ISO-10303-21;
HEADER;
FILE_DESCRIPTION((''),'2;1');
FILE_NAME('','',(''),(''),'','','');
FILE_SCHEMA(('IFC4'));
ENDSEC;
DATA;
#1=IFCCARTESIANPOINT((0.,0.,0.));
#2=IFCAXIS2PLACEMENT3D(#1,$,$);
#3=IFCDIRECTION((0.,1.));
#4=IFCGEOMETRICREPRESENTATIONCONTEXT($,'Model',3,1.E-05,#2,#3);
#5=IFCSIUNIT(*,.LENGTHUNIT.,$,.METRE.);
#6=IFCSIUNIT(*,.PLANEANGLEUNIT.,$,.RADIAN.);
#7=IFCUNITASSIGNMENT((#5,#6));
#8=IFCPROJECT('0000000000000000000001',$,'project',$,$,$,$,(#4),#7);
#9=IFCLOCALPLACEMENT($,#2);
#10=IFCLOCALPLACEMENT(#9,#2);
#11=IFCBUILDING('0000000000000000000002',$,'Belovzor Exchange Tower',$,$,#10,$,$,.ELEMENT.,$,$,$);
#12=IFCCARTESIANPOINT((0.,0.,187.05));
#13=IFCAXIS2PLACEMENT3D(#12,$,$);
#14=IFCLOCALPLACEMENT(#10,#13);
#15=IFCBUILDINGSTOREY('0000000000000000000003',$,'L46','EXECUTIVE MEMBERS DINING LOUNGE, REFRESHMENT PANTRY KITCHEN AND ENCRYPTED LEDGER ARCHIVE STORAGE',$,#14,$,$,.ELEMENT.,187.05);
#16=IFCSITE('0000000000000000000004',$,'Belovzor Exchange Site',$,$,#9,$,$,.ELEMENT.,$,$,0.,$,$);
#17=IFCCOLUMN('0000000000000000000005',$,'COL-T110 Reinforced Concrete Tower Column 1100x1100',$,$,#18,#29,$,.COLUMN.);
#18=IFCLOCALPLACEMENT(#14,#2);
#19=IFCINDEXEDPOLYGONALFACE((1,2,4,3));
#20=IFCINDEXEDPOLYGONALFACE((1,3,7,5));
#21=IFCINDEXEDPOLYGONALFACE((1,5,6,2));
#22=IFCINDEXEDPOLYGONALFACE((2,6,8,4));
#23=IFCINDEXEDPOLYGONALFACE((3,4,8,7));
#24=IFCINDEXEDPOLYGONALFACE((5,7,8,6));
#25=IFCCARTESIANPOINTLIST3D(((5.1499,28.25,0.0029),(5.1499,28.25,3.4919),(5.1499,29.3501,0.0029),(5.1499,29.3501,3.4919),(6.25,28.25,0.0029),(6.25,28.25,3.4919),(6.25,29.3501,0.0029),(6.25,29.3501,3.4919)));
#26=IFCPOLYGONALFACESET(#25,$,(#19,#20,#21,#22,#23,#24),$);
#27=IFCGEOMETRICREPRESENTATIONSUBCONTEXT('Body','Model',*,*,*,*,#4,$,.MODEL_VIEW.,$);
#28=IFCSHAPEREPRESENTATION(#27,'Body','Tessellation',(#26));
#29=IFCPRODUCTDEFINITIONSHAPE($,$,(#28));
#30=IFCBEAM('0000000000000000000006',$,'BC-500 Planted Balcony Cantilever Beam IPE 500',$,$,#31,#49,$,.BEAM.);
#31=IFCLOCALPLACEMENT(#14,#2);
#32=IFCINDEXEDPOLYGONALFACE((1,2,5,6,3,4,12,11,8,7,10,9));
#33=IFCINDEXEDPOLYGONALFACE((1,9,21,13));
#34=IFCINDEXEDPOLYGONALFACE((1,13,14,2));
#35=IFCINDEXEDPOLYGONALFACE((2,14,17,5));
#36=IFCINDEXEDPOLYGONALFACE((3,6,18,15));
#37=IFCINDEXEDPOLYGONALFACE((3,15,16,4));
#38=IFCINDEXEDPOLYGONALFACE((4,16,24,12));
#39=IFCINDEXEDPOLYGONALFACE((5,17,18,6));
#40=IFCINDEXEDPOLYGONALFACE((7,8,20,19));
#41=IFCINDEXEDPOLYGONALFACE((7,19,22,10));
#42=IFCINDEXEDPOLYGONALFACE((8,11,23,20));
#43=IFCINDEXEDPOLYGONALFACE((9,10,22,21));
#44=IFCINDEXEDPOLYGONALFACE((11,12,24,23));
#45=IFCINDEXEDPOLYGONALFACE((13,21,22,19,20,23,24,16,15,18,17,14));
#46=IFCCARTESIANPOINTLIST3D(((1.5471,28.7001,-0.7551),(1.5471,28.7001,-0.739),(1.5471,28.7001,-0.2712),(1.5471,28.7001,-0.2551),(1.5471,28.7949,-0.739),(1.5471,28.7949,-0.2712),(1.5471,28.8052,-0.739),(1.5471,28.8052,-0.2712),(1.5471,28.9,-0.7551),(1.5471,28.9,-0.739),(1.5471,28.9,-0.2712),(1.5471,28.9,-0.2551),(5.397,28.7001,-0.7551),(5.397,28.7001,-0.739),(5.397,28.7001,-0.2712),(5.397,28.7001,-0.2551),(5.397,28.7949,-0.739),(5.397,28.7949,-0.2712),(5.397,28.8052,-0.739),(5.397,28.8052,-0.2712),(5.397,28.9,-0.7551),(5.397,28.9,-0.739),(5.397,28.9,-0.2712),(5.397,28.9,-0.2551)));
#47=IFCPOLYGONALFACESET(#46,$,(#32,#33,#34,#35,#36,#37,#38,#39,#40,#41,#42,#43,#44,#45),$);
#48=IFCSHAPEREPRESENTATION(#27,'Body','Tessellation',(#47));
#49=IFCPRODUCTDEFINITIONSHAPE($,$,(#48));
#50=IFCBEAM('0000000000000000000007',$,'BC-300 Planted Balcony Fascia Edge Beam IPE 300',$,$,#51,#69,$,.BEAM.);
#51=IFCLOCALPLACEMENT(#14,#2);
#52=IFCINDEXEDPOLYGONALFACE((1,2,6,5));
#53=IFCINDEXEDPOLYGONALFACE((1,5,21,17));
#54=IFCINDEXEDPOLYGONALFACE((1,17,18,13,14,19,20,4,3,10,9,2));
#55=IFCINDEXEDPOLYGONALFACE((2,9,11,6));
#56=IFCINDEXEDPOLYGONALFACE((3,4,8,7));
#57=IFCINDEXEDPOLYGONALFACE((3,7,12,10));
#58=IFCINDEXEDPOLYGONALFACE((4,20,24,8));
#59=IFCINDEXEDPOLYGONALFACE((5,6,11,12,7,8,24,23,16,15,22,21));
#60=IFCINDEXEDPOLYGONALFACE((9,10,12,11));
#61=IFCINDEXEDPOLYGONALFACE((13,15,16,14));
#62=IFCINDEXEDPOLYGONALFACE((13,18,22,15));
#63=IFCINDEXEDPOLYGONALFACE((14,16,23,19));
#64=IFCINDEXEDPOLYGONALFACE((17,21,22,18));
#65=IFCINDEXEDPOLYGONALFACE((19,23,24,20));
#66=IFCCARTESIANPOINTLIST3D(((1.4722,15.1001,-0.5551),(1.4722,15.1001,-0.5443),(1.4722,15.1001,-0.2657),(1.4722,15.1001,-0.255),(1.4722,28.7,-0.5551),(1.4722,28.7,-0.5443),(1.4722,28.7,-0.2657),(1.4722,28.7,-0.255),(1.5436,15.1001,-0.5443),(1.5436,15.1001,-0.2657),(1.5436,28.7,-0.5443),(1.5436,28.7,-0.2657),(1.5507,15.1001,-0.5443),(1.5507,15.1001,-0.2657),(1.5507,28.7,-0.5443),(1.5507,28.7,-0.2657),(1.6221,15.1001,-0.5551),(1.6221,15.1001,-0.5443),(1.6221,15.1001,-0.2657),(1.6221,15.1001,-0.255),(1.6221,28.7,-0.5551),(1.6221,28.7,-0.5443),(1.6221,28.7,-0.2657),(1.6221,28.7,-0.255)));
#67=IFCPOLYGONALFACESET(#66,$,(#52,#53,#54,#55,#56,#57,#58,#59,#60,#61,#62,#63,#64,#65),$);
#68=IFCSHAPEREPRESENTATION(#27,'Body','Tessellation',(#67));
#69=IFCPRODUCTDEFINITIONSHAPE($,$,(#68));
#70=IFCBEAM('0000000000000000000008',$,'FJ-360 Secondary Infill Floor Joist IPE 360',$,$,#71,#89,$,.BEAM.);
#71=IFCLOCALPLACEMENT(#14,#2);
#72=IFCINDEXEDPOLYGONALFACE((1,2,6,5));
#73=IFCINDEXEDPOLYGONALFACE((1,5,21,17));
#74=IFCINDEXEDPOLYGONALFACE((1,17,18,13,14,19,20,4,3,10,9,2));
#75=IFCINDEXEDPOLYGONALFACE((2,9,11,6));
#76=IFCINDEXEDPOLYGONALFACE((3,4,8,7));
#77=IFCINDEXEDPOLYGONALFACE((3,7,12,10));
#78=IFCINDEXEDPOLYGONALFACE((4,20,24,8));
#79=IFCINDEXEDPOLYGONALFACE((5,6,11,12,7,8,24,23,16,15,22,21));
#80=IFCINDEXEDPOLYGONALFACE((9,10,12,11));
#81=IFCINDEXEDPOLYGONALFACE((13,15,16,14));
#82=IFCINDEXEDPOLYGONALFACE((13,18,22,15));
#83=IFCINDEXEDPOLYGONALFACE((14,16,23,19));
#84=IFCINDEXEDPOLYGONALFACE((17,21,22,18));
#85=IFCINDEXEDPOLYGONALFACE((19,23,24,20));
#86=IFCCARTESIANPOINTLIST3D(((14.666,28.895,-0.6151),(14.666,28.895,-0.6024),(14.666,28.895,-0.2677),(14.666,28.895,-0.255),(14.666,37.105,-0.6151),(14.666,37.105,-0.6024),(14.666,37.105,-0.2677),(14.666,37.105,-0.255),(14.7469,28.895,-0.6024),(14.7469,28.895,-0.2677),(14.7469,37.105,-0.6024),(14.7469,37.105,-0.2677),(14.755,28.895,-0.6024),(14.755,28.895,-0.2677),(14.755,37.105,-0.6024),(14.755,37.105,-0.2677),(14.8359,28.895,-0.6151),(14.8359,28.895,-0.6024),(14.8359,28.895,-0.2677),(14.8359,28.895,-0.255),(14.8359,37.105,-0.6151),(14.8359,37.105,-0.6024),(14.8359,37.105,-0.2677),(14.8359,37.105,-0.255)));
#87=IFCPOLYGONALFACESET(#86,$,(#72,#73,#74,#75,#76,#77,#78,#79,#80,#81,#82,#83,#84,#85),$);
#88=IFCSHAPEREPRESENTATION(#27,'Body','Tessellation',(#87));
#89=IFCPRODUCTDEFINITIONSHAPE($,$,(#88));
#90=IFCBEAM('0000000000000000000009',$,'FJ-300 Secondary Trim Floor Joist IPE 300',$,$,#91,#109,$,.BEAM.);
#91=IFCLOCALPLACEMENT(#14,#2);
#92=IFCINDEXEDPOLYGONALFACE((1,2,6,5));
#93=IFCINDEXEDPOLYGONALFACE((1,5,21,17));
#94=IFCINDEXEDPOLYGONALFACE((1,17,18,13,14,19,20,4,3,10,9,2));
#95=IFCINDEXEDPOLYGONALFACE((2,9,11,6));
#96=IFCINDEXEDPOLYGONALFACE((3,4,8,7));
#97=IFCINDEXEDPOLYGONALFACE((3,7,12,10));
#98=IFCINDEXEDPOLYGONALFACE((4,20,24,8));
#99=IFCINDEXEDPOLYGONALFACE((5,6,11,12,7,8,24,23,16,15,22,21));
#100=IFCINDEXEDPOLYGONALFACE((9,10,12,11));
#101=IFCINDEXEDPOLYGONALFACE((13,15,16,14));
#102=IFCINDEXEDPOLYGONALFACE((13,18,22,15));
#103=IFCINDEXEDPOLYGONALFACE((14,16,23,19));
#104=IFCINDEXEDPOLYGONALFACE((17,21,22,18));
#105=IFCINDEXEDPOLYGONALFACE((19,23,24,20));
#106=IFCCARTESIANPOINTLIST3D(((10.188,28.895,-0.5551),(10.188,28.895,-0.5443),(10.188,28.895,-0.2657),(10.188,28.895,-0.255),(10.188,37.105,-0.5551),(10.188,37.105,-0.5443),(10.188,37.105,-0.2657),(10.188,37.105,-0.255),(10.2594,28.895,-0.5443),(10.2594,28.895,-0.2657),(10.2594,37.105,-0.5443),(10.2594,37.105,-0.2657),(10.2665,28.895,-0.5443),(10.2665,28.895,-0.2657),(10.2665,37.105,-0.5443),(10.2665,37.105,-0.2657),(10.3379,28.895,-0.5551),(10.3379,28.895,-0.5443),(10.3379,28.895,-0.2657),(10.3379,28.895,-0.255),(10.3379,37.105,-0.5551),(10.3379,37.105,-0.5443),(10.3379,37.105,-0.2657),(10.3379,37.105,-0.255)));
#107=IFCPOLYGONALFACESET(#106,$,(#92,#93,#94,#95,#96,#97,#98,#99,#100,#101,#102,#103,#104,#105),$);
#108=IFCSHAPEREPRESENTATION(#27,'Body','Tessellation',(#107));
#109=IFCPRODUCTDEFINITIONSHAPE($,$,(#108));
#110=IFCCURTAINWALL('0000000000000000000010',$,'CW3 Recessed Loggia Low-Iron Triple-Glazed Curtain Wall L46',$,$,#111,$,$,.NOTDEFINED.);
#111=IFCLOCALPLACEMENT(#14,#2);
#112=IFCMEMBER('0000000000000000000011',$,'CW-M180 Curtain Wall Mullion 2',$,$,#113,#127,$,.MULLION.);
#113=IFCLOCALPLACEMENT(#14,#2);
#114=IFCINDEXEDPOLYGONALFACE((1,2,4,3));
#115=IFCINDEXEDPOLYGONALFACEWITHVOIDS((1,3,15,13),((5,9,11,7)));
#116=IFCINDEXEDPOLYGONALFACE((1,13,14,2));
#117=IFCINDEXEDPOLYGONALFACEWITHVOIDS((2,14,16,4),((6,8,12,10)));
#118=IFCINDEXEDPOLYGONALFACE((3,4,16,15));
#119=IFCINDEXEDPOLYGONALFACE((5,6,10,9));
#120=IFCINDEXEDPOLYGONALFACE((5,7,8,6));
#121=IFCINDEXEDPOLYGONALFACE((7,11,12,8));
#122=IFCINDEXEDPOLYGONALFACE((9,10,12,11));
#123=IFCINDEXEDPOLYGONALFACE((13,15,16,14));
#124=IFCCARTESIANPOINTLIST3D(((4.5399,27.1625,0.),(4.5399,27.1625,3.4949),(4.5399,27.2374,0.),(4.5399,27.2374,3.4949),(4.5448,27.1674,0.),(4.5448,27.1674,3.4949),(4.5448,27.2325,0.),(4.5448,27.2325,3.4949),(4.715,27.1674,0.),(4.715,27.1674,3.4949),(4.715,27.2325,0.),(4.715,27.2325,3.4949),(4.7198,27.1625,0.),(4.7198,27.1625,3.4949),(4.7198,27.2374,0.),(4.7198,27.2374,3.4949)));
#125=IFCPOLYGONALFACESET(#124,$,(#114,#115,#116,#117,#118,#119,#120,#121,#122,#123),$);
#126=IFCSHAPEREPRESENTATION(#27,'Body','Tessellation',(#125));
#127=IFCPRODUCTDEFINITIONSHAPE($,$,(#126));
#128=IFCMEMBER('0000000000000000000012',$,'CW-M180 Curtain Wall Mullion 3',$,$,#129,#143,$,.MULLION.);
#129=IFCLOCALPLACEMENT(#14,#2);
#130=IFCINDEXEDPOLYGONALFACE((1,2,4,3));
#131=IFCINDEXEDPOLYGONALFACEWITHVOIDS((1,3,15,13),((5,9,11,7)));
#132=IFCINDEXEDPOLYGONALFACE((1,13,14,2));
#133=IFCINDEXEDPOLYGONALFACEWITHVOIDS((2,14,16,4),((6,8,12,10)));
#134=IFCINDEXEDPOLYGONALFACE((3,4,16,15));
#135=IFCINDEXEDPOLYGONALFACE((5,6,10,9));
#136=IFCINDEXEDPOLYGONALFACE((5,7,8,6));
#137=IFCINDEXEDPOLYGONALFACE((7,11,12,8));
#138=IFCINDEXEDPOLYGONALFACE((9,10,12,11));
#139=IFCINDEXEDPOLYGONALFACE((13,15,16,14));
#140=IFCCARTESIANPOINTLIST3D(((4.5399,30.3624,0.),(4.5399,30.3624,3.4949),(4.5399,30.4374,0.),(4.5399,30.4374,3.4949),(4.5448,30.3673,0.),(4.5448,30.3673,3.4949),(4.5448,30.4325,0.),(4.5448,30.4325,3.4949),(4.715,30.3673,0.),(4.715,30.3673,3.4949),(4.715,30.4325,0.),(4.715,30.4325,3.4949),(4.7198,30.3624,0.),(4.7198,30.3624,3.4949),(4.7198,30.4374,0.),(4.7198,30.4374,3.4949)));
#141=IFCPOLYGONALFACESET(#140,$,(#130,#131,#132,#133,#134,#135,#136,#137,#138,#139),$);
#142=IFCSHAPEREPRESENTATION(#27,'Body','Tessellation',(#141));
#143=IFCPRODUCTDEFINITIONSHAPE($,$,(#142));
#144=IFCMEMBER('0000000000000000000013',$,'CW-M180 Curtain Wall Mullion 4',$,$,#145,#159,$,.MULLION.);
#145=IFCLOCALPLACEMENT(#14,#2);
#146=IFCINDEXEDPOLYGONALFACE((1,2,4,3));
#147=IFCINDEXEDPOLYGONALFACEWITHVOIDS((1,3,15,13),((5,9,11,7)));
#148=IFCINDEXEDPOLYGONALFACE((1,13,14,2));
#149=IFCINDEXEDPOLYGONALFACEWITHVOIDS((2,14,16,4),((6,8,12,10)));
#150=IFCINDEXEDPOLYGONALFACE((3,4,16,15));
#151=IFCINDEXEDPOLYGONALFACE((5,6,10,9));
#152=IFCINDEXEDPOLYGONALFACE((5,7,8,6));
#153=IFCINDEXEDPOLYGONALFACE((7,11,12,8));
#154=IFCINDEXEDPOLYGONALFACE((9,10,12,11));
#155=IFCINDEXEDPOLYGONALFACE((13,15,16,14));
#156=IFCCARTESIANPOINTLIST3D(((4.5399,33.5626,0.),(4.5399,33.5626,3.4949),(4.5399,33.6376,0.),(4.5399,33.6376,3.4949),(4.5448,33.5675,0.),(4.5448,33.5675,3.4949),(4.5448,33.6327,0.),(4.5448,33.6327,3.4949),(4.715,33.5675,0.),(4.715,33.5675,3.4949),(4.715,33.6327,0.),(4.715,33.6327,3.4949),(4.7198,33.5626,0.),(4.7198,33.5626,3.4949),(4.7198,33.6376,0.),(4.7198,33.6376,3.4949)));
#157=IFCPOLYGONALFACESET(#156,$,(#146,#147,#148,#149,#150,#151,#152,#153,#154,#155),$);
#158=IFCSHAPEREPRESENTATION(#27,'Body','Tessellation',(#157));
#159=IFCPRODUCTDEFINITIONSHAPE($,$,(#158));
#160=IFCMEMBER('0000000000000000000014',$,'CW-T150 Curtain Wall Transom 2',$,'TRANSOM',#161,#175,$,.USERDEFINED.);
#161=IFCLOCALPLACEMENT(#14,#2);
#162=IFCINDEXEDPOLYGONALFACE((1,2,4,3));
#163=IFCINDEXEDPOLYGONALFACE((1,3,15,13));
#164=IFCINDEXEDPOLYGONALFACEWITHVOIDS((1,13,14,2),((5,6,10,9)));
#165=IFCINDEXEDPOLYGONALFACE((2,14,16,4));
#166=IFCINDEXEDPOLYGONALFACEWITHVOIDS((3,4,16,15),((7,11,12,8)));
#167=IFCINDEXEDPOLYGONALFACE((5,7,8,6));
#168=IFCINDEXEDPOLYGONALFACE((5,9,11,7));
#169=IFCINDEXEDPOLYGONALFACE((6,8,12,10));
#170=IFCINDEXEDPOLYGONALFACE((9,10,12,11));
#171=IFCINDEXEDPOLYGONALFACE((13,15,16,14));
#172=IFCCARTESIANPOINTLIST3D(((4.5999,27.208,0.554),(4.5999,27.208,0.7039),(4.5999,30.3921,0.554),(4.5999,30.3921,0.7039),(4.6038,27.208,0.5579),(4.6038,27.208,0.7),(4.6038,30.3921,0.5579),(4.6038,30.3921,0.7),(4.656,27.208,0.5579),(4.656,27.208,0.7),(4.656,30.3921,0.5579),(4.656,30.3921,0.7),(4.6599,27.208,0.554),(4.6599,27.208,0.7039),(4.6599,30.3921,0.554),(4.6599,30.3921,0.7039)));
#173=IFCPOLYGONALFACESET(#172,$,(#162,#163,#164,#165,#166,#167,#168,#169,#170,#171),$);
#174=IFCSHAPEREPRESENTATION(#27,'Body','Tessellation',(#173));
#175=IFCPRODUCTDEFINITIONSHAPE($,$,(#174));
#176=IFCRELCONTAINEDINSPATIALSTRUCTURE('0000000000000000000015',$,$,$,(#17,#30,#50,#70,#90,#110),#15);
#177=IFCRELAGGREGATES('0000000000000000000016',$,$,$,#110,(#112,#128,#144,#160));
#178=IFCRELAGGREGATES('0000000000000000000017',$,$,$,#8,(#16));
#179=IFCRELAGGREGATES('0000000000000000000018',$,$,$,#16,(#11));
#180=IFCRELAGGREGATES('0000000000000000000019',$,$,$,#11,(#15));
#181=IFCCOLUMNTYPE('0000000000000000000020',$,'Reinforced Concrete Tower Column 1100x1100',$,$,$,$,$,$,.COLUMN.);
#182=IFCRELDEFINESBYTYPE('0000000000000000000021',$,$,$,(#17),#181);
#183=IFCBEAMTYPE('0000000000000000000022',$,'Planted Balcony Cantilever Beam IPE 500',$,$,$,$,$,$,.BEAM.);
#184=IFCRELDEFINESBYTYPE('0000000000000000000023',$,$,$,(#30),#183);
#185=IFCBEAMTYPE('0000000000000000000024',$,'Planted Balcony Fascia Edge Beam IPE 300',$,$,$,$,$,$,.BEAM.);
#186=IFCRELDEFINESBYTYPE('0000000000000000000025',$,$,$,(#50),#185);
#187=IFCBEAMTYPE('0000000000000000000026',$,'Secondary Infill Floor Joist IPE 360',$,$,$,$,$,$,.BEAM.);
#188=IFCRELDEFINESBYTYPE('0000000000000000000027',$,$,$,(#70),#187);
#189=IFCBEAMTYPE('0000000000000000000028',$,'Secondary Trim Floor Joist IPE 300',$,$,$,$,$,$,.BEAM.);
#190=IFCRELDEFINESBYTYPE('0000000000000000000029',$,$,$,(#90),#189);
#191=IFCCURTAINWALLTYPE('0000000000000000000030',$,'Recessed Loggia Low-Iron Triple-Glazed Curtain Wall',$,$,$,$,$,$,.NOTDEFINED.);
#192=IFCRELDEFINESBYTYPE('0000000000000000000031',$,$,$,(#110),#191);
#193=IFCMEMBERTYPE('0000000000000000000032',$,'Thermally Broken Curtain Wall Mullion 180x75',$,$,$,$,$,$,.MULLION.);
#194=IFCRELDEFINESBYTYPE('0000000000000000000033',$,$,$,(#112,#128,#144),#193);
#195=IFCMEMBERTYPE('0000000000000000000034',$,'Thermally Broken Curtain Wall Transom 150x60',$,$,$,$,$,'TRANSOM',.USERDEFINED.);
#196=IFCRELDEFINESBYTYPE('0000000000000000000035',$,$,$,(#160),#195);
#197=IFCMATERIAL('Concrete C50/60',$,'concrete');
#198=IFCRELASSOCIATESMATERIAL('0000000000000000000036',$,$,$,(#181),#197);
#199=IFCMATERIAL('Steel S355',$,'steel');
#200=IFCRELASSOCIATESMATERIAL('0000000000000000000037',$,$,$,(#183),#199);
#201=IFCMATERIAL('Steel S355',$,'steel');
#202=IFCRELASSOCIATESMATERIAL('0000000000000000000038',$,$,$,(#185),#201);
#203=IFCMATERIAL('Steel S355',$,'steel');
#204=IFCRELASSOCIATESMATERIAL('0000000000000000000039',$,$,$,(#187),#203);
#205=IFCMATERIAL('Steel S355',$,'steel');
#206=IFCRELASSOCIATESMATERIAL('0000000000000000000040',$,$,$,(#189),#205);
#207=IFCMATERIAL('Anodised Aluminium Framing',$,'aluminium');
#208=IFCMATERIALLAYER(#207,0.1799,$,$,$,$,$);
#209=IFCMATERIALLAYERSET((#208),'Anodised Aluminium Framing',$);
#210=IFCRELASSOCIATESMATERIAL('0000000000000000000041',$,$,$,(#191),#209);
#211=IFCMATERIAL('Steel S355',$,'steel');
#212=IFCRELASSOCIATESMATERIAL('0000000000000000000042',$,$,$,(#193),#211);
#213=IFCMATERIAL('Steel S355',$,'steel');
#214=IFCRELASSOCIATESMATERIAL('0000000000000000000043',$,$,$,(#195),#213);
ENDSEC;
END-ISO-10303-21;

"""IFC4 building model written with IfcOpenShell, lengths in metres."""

from ifc_helpers import new_model, si_unit, direction, frame, origin, origin_2d, place, context, subcontext, project, spatial, rectangle, hollow_rectangle, i_section, extrude, material, layer, layer_set, material_profile, profile_set, type_object, element, aggregate, save


model = new_model("IFC4")

# Units and contexts
model_context = context("Model", 3, precision=1e-05, world=origin(), true_north=direction((0.0, 1.0)))
body_context = subcontext(model_context, "Body", "Model", "MODEL_VIEW")
ifc_project = project(units=[si_unit("LENGTHUNIT", "METRE"), si_unit("PLANEANGLEUNIT", "RADIAN")], contexts=[model_context])

# Site, building, storey
site_placement = place(None, origin())
site = spatial("IfcSite", under=ifc_project, at=site_placement, Name="Belovzor Exchange Site", CompositionType="ELEMENT", RefElevation=0.0)
building_placement = place(site_placement, origin())
building = spatial("IfcBuilding", under=site, at=building_placement, Name="Belovzor Exchange Tower", CompositionType="ELEMENT")
storey_placement = place(building_placement, frame((0.0, 0.0, 187.05)))
storey = spatial("IfcBuildingStorey", under=building, at=storey_placement, Name="L46", Description="EXECUTIVE MEMBERS DINING LOUNGE, REFRESHMENT PANTRY KITCHEN AND ENCRYPTED LEDGER ARCHIVE STORAGE", CompositionType="ELEMENT", Elevation=187.05)

# Column
ifc_material_1 = material(Name="Concrete C50/60", Category="concrete")
ifc_material_profile_1 = material_profile(ifc_material_1, rectangle(XDim=1.1001, YDim=1.1001, at=origin_2d()))
ifc_profile_set_1 = profile_set([ifc_material_profile_1], Name="Concrete C50/60")
column_type = type_object("IfcColumnType", Name="Reinforced Concrete Tower Column 1100x1100", PredefinedType="COLUMN", material=ifc_profile_set_1)
column_placement = place(storey_placement, frame((5.7, 28.8, 0.0029), z_axis=(0.0, 0.0, 1.0), x_axis=(1.0, 0.0, 0.0)))
element("IfcColumn", 1, at=column_placement, inside=storey, type_object=column_type, Name="COL-T110 Reinforced Concrete Tower Column 1100x1100", PredefinedType="COLUMN", context=body_context, shape_type="SweptSolid", body=[
    extrude(rectangle(XDim=1.1001, YDim=1.1001, at=origin_2d()), origin(), (0.0, 0.0, 1.0), 3.489),
])

# Beams
ifc_material_2 = material(Name="Steel S355", Category="steel")
ifc_material_profile_2 = material_profile(ifc_material_2, i_section(OverallWidth=0.2, OverallDepth=0.5, WebThickness=0.0103, FlangeThickness=0.0161, at=origin_2d()))
ifc_profile_set_2 = profile_set([ifc_material_profile_2], Name="Steel S355")
beam_type_1 = type_object("IfcBeamType", Name="Planted Balcony Cantilever Beam IPE 500", PredefinedType="BEAM", material=ifc_profile_set_2)
beam_1_placement = place(storey_placement, frame((5.397, 28.8, -0.5051), z_axis=(-1.0, 0.0, 0.0), x_axis=(0.0, -1.0, 0.0)))
element("IfcBeam", 2, at=beam_1_placement, inside=storey, type_object=beam_type_1, Name="BC-500 Planted Balcony Cantilever Beam IPE 500", PredefinedType="BEAM", context=body_context, shape_type="SweptSolid", body=[
    extrude(i_section(OverallWidth=0.2, OverallDepth=0.5, WebThickness=0.0103, FlangeThickness=0.0161, at=origin_2d()), origin(), (0.0, 0.0, 1.0), 3.8499),
])
ifc_material_3 = material(Name="Steel S355", Category="steel")
ifc_material_profile_3 = material_profile(ifc_material_3, i_section(OverallWidth=0.1499, OverallDepth=0.3, WebThickness=0.0071, FlangeThickness=0.0107, at=origin_2d()))
ifc_profile_set_3 = profile_set([ifc_material_profile_3], Name="Steel S355")
beam_type_2 = type_object("IfcBeamType", Name="Planted Balcony Fascia Edge Beam IPE 300", PredefinedType="BEAM", material=ifc_profile_set_3)
beam_2_placement = place(storey_placement, frame((1.5471, 28.7, -0.405), z_axis=(0.0, -1.0, 0.0), x_axis=(1.0, 0.0, 0.0)))
element("IfcBeam", 3, at=beam_2_placement, inside=storey, type_object=beam_type_2, Name="BC-300 Planted Balcony Fascia Edge Beam IPE 300", PredefinedType="BEAM", context=body_context, shape_type="SweptSolid", body=[
    extrude(i_section(OverallWidth=0.1499, OverallDepth=0.3, WebThickness=0.0071, FlangeThickness=0.0107, at=origin_2d()), origin(), (0.0, 0.0, 1.0), 13.5999),
])
ifc_material_4 = material(Name="Steel S355", Category="steel")
ifc_material_profile_4 = material_profile(ifc_material_4, i_section(OverallWidth=0.1699, OverallDepth=0.3601, WebThickness=0.0081, FlangeThickness=0.0127, at=origin_2d()))
ifc_profile_set_4 = profile_set([ifc_material_profile_4], Name="Steel S355")
beam_type_3 = type_object("IfcBeamType", Name="Secondary Infill Floor Joist IPE 360", PredefinedType="BEAM", material=ifc_profile_set_4)
beam_3_placement = place(storey_placement, frame((14.751, 28.895, -0.4351), z_axis=(0.0, 1.0, 0.0), x_axis=(-1.0, 0.0, 0.0)))
element("IfcBeam", 4, at=beam_3_placement, inside=storey, type_object=beam_type_3, Name="FJ-360 Secondary Infill Floor Joist IPE 360", PredefinedType="BEAM", context=body_context, shape_type="SweptSolid", body=[
    extrude(i_section(OverallWidth=0.1699, OverallDepth=0.3601, WebThickness=0.0081, FlangeThickness=0.0127, at=origin_2d()), origin(), (0.0, 0.0, 1.0), 8.21),
])
ifc_material_5 = material(Name="Steel S355", Category="steel")
ifc_material_profile_5 = material_profile(ifc_material_5, i_section(OverallWidth=0.1499, OverallDepth=0.3, WebThickness=0.0071, FlangeThickness=0.0107, at=origin_2d()))
ifc_profile_set_5 = profile_set([ifc_material_profile_5], Name="Steel S355")
beam_type_4 = type_object("IfcBeamType", Name="Secondary Trim Floor Joist IPE 300", PredefinedType="BEAM", material=ifc_profile_set_5)
beam_4_placement = place(storey_placement, frame((10.2629, 28.895, -0.405), z_axis=(0.0, 1.0, 0.0), x_axis=(-1.0, 0.0, 0.0)))
element("IfcBeam", 5, at=beam_4_placement, inside=storey, type_object=beam_type_4, Name="FJ-300 Secondary Trim Floor Joist IPE 300", PredefinedType="BEAM", context=body_context, shape_type="SweptSolid", body=[
    extrude(i_section(OverallWidth=0.1499, OverallDepth=0.3, WebThickness=0.0071, FlangeThickness=0.0107, at=origin_2d()), origin(), (0.0, 0.0, 1.0), 8.21),
])

# Curtain wall, members
ifc_material_6 = material(Name="Anodised Aluminium Framing", Category="aluminium")
ifc_layer_1 = layer(ifc_material_6, 0.1799)
ifc_layer_set_1 = layer_set([ifc_layer_1], Name="Anodised Aluminium Framing")
curtain_wall_type = type_object("IfcCurtainWallType", Name="Recessed Loggia Low-Iron Triple-Glazed Curtain Wall", PredefinedType="NOTDEFINED", material=ifc_layer_set_1)
curtain_wall_placement = place(storey_placement, origin())
curtain_wall = element("IfcCurtainWall", 6, at=curtain_wall_placement, inside=storey, type_object=curtain_wall_type, Name="CW3 Recessed Loggia Low-Iron Triple-Glazed Curtain Wall L46", PredefinedType="NOTDEFINED")
ifc_material_7 = material(Name="Steel S355", Category="steel")
ifc_material_profile_6 = material_profile(ifc_material_7, hollow_rectangle(XDim=0.075, YDim=0.1799, WallThickness=0.0049, at=origin_2d()))
ifc_profile_set_6 = profile_set([ifc_material_profile_6], Name="Steel S355")
member_type_1 = type_object("IfcMemberType", Name="Thermally Broken Curtain Wall Mullion 180x75", PredefinedType="MULLION", material=ifc_profile_set_6)
member_1_placement = place(storey_placement, frame((4.6299, 27.2, 0.0), z_axis=(0.0, 0.0, 1.0), x_axis=(0.0, 1.0, 0.0)))
member_1 = element("IfcMember", 7, at=member_1_placement, type_object=member_type_1, Name="CW-M180 Curtain Wall Mullion 2", PredefinedType="MULLION", context=body_context, shape_type="SweptSolid", body=[
    extrude(hollow_rectangle(XDim=0.075, YDim=0.1799, WallThickness=0.0049, at=origin_2d()), origin(), (0.0, 0.0, 1.0), 3.4949),
])
member_2_placement = place(storey_placement, frame((4.6299, 30.3999, 0.0), z_axis=(0.0, 0.0, 1.0), x_axis=(0.0, 1.0, 0.0)))
member_2 = element("IfcMember", 8, at=member_2_placement, type_object=member_type_1, Name="CW-M180 Curtain Wall Mullion 3", PredefinedType="MULLION", context=body_context, shape_type="SweptSolid", body=[
    extrude(hollow_rectangle(XDim=0.075, YDim=0.1799, WallThickness=0.0049, at=origin_2d()), origin(), (0.0, 0.0, 1.0), 3.4949),
])
member_3_placement = place(storey_placement, frame((4.6299, 33.6001, 0.0), z_axis=(0.0, 0.0, 1.0), x_axis=(0.0, 1.0, 0.0)))
member_3 = element("IfcMember", 9, at=member_3_placement, type_object=member_type_1, Name="CW-M180 Curtain Wall Mullion 4", PredefinedType="MULLION", context=body_context, shape_type="SweptSolid", body=[
    extrude(hollow_rectangle(XDim=0.075, YDim=0.1799, WallThickness=0.0049, at=origin_2d()), origin(), (0.0, 0.0, 1.0), 3.4949),
])
ifc_material_8 = material(Name="Steel S355", Category="steel")
ifc_material_profile_7 = material_profile(ifc_material_8, hollow_rectangle(XDim=0.0601, YDim=0.1499, WallThickness=0.0039, at=origin_2d()))
ifc_profile_set_7 = profile_set([ifc_material_profile_7], Name="Steel S355")
member_type_2 = type_object("IfcMemberType", Name="Thermally Broken Curtain Wall Transom 150x60", ElementType="TRANSOM", PredefinedType="USERDEFINED", material=ifc_profile_set_7)
member_4_placement = place(storey_placement, frame((4.6299, 27.208, 0.6289), z_axis=(0.0, 1.0, 0.0), x_axis=(-1.0, 0.0, 0.0)))
member_4 = element("IfcMember", 10, at=member_4_placement, type_object=member_type_2, Name="CW-T150 Curtain Wall Transom 2", ObjectType="TRANSOM", PredefinedType="USERDEFINED", context=body_context, shape_type="SweptSolid", body=[
    extrude(hollow_rectangle(XDim=0.0601, YDim=0.1499, WallThickness=0.0039, at=origin_2d()), origin(), (0.0, 0.0, 1.0), 3.1841),
])

aggregate(curtain_wall, [member_1, member_2, member_3, member_4])

save(model, "model.ifc")
